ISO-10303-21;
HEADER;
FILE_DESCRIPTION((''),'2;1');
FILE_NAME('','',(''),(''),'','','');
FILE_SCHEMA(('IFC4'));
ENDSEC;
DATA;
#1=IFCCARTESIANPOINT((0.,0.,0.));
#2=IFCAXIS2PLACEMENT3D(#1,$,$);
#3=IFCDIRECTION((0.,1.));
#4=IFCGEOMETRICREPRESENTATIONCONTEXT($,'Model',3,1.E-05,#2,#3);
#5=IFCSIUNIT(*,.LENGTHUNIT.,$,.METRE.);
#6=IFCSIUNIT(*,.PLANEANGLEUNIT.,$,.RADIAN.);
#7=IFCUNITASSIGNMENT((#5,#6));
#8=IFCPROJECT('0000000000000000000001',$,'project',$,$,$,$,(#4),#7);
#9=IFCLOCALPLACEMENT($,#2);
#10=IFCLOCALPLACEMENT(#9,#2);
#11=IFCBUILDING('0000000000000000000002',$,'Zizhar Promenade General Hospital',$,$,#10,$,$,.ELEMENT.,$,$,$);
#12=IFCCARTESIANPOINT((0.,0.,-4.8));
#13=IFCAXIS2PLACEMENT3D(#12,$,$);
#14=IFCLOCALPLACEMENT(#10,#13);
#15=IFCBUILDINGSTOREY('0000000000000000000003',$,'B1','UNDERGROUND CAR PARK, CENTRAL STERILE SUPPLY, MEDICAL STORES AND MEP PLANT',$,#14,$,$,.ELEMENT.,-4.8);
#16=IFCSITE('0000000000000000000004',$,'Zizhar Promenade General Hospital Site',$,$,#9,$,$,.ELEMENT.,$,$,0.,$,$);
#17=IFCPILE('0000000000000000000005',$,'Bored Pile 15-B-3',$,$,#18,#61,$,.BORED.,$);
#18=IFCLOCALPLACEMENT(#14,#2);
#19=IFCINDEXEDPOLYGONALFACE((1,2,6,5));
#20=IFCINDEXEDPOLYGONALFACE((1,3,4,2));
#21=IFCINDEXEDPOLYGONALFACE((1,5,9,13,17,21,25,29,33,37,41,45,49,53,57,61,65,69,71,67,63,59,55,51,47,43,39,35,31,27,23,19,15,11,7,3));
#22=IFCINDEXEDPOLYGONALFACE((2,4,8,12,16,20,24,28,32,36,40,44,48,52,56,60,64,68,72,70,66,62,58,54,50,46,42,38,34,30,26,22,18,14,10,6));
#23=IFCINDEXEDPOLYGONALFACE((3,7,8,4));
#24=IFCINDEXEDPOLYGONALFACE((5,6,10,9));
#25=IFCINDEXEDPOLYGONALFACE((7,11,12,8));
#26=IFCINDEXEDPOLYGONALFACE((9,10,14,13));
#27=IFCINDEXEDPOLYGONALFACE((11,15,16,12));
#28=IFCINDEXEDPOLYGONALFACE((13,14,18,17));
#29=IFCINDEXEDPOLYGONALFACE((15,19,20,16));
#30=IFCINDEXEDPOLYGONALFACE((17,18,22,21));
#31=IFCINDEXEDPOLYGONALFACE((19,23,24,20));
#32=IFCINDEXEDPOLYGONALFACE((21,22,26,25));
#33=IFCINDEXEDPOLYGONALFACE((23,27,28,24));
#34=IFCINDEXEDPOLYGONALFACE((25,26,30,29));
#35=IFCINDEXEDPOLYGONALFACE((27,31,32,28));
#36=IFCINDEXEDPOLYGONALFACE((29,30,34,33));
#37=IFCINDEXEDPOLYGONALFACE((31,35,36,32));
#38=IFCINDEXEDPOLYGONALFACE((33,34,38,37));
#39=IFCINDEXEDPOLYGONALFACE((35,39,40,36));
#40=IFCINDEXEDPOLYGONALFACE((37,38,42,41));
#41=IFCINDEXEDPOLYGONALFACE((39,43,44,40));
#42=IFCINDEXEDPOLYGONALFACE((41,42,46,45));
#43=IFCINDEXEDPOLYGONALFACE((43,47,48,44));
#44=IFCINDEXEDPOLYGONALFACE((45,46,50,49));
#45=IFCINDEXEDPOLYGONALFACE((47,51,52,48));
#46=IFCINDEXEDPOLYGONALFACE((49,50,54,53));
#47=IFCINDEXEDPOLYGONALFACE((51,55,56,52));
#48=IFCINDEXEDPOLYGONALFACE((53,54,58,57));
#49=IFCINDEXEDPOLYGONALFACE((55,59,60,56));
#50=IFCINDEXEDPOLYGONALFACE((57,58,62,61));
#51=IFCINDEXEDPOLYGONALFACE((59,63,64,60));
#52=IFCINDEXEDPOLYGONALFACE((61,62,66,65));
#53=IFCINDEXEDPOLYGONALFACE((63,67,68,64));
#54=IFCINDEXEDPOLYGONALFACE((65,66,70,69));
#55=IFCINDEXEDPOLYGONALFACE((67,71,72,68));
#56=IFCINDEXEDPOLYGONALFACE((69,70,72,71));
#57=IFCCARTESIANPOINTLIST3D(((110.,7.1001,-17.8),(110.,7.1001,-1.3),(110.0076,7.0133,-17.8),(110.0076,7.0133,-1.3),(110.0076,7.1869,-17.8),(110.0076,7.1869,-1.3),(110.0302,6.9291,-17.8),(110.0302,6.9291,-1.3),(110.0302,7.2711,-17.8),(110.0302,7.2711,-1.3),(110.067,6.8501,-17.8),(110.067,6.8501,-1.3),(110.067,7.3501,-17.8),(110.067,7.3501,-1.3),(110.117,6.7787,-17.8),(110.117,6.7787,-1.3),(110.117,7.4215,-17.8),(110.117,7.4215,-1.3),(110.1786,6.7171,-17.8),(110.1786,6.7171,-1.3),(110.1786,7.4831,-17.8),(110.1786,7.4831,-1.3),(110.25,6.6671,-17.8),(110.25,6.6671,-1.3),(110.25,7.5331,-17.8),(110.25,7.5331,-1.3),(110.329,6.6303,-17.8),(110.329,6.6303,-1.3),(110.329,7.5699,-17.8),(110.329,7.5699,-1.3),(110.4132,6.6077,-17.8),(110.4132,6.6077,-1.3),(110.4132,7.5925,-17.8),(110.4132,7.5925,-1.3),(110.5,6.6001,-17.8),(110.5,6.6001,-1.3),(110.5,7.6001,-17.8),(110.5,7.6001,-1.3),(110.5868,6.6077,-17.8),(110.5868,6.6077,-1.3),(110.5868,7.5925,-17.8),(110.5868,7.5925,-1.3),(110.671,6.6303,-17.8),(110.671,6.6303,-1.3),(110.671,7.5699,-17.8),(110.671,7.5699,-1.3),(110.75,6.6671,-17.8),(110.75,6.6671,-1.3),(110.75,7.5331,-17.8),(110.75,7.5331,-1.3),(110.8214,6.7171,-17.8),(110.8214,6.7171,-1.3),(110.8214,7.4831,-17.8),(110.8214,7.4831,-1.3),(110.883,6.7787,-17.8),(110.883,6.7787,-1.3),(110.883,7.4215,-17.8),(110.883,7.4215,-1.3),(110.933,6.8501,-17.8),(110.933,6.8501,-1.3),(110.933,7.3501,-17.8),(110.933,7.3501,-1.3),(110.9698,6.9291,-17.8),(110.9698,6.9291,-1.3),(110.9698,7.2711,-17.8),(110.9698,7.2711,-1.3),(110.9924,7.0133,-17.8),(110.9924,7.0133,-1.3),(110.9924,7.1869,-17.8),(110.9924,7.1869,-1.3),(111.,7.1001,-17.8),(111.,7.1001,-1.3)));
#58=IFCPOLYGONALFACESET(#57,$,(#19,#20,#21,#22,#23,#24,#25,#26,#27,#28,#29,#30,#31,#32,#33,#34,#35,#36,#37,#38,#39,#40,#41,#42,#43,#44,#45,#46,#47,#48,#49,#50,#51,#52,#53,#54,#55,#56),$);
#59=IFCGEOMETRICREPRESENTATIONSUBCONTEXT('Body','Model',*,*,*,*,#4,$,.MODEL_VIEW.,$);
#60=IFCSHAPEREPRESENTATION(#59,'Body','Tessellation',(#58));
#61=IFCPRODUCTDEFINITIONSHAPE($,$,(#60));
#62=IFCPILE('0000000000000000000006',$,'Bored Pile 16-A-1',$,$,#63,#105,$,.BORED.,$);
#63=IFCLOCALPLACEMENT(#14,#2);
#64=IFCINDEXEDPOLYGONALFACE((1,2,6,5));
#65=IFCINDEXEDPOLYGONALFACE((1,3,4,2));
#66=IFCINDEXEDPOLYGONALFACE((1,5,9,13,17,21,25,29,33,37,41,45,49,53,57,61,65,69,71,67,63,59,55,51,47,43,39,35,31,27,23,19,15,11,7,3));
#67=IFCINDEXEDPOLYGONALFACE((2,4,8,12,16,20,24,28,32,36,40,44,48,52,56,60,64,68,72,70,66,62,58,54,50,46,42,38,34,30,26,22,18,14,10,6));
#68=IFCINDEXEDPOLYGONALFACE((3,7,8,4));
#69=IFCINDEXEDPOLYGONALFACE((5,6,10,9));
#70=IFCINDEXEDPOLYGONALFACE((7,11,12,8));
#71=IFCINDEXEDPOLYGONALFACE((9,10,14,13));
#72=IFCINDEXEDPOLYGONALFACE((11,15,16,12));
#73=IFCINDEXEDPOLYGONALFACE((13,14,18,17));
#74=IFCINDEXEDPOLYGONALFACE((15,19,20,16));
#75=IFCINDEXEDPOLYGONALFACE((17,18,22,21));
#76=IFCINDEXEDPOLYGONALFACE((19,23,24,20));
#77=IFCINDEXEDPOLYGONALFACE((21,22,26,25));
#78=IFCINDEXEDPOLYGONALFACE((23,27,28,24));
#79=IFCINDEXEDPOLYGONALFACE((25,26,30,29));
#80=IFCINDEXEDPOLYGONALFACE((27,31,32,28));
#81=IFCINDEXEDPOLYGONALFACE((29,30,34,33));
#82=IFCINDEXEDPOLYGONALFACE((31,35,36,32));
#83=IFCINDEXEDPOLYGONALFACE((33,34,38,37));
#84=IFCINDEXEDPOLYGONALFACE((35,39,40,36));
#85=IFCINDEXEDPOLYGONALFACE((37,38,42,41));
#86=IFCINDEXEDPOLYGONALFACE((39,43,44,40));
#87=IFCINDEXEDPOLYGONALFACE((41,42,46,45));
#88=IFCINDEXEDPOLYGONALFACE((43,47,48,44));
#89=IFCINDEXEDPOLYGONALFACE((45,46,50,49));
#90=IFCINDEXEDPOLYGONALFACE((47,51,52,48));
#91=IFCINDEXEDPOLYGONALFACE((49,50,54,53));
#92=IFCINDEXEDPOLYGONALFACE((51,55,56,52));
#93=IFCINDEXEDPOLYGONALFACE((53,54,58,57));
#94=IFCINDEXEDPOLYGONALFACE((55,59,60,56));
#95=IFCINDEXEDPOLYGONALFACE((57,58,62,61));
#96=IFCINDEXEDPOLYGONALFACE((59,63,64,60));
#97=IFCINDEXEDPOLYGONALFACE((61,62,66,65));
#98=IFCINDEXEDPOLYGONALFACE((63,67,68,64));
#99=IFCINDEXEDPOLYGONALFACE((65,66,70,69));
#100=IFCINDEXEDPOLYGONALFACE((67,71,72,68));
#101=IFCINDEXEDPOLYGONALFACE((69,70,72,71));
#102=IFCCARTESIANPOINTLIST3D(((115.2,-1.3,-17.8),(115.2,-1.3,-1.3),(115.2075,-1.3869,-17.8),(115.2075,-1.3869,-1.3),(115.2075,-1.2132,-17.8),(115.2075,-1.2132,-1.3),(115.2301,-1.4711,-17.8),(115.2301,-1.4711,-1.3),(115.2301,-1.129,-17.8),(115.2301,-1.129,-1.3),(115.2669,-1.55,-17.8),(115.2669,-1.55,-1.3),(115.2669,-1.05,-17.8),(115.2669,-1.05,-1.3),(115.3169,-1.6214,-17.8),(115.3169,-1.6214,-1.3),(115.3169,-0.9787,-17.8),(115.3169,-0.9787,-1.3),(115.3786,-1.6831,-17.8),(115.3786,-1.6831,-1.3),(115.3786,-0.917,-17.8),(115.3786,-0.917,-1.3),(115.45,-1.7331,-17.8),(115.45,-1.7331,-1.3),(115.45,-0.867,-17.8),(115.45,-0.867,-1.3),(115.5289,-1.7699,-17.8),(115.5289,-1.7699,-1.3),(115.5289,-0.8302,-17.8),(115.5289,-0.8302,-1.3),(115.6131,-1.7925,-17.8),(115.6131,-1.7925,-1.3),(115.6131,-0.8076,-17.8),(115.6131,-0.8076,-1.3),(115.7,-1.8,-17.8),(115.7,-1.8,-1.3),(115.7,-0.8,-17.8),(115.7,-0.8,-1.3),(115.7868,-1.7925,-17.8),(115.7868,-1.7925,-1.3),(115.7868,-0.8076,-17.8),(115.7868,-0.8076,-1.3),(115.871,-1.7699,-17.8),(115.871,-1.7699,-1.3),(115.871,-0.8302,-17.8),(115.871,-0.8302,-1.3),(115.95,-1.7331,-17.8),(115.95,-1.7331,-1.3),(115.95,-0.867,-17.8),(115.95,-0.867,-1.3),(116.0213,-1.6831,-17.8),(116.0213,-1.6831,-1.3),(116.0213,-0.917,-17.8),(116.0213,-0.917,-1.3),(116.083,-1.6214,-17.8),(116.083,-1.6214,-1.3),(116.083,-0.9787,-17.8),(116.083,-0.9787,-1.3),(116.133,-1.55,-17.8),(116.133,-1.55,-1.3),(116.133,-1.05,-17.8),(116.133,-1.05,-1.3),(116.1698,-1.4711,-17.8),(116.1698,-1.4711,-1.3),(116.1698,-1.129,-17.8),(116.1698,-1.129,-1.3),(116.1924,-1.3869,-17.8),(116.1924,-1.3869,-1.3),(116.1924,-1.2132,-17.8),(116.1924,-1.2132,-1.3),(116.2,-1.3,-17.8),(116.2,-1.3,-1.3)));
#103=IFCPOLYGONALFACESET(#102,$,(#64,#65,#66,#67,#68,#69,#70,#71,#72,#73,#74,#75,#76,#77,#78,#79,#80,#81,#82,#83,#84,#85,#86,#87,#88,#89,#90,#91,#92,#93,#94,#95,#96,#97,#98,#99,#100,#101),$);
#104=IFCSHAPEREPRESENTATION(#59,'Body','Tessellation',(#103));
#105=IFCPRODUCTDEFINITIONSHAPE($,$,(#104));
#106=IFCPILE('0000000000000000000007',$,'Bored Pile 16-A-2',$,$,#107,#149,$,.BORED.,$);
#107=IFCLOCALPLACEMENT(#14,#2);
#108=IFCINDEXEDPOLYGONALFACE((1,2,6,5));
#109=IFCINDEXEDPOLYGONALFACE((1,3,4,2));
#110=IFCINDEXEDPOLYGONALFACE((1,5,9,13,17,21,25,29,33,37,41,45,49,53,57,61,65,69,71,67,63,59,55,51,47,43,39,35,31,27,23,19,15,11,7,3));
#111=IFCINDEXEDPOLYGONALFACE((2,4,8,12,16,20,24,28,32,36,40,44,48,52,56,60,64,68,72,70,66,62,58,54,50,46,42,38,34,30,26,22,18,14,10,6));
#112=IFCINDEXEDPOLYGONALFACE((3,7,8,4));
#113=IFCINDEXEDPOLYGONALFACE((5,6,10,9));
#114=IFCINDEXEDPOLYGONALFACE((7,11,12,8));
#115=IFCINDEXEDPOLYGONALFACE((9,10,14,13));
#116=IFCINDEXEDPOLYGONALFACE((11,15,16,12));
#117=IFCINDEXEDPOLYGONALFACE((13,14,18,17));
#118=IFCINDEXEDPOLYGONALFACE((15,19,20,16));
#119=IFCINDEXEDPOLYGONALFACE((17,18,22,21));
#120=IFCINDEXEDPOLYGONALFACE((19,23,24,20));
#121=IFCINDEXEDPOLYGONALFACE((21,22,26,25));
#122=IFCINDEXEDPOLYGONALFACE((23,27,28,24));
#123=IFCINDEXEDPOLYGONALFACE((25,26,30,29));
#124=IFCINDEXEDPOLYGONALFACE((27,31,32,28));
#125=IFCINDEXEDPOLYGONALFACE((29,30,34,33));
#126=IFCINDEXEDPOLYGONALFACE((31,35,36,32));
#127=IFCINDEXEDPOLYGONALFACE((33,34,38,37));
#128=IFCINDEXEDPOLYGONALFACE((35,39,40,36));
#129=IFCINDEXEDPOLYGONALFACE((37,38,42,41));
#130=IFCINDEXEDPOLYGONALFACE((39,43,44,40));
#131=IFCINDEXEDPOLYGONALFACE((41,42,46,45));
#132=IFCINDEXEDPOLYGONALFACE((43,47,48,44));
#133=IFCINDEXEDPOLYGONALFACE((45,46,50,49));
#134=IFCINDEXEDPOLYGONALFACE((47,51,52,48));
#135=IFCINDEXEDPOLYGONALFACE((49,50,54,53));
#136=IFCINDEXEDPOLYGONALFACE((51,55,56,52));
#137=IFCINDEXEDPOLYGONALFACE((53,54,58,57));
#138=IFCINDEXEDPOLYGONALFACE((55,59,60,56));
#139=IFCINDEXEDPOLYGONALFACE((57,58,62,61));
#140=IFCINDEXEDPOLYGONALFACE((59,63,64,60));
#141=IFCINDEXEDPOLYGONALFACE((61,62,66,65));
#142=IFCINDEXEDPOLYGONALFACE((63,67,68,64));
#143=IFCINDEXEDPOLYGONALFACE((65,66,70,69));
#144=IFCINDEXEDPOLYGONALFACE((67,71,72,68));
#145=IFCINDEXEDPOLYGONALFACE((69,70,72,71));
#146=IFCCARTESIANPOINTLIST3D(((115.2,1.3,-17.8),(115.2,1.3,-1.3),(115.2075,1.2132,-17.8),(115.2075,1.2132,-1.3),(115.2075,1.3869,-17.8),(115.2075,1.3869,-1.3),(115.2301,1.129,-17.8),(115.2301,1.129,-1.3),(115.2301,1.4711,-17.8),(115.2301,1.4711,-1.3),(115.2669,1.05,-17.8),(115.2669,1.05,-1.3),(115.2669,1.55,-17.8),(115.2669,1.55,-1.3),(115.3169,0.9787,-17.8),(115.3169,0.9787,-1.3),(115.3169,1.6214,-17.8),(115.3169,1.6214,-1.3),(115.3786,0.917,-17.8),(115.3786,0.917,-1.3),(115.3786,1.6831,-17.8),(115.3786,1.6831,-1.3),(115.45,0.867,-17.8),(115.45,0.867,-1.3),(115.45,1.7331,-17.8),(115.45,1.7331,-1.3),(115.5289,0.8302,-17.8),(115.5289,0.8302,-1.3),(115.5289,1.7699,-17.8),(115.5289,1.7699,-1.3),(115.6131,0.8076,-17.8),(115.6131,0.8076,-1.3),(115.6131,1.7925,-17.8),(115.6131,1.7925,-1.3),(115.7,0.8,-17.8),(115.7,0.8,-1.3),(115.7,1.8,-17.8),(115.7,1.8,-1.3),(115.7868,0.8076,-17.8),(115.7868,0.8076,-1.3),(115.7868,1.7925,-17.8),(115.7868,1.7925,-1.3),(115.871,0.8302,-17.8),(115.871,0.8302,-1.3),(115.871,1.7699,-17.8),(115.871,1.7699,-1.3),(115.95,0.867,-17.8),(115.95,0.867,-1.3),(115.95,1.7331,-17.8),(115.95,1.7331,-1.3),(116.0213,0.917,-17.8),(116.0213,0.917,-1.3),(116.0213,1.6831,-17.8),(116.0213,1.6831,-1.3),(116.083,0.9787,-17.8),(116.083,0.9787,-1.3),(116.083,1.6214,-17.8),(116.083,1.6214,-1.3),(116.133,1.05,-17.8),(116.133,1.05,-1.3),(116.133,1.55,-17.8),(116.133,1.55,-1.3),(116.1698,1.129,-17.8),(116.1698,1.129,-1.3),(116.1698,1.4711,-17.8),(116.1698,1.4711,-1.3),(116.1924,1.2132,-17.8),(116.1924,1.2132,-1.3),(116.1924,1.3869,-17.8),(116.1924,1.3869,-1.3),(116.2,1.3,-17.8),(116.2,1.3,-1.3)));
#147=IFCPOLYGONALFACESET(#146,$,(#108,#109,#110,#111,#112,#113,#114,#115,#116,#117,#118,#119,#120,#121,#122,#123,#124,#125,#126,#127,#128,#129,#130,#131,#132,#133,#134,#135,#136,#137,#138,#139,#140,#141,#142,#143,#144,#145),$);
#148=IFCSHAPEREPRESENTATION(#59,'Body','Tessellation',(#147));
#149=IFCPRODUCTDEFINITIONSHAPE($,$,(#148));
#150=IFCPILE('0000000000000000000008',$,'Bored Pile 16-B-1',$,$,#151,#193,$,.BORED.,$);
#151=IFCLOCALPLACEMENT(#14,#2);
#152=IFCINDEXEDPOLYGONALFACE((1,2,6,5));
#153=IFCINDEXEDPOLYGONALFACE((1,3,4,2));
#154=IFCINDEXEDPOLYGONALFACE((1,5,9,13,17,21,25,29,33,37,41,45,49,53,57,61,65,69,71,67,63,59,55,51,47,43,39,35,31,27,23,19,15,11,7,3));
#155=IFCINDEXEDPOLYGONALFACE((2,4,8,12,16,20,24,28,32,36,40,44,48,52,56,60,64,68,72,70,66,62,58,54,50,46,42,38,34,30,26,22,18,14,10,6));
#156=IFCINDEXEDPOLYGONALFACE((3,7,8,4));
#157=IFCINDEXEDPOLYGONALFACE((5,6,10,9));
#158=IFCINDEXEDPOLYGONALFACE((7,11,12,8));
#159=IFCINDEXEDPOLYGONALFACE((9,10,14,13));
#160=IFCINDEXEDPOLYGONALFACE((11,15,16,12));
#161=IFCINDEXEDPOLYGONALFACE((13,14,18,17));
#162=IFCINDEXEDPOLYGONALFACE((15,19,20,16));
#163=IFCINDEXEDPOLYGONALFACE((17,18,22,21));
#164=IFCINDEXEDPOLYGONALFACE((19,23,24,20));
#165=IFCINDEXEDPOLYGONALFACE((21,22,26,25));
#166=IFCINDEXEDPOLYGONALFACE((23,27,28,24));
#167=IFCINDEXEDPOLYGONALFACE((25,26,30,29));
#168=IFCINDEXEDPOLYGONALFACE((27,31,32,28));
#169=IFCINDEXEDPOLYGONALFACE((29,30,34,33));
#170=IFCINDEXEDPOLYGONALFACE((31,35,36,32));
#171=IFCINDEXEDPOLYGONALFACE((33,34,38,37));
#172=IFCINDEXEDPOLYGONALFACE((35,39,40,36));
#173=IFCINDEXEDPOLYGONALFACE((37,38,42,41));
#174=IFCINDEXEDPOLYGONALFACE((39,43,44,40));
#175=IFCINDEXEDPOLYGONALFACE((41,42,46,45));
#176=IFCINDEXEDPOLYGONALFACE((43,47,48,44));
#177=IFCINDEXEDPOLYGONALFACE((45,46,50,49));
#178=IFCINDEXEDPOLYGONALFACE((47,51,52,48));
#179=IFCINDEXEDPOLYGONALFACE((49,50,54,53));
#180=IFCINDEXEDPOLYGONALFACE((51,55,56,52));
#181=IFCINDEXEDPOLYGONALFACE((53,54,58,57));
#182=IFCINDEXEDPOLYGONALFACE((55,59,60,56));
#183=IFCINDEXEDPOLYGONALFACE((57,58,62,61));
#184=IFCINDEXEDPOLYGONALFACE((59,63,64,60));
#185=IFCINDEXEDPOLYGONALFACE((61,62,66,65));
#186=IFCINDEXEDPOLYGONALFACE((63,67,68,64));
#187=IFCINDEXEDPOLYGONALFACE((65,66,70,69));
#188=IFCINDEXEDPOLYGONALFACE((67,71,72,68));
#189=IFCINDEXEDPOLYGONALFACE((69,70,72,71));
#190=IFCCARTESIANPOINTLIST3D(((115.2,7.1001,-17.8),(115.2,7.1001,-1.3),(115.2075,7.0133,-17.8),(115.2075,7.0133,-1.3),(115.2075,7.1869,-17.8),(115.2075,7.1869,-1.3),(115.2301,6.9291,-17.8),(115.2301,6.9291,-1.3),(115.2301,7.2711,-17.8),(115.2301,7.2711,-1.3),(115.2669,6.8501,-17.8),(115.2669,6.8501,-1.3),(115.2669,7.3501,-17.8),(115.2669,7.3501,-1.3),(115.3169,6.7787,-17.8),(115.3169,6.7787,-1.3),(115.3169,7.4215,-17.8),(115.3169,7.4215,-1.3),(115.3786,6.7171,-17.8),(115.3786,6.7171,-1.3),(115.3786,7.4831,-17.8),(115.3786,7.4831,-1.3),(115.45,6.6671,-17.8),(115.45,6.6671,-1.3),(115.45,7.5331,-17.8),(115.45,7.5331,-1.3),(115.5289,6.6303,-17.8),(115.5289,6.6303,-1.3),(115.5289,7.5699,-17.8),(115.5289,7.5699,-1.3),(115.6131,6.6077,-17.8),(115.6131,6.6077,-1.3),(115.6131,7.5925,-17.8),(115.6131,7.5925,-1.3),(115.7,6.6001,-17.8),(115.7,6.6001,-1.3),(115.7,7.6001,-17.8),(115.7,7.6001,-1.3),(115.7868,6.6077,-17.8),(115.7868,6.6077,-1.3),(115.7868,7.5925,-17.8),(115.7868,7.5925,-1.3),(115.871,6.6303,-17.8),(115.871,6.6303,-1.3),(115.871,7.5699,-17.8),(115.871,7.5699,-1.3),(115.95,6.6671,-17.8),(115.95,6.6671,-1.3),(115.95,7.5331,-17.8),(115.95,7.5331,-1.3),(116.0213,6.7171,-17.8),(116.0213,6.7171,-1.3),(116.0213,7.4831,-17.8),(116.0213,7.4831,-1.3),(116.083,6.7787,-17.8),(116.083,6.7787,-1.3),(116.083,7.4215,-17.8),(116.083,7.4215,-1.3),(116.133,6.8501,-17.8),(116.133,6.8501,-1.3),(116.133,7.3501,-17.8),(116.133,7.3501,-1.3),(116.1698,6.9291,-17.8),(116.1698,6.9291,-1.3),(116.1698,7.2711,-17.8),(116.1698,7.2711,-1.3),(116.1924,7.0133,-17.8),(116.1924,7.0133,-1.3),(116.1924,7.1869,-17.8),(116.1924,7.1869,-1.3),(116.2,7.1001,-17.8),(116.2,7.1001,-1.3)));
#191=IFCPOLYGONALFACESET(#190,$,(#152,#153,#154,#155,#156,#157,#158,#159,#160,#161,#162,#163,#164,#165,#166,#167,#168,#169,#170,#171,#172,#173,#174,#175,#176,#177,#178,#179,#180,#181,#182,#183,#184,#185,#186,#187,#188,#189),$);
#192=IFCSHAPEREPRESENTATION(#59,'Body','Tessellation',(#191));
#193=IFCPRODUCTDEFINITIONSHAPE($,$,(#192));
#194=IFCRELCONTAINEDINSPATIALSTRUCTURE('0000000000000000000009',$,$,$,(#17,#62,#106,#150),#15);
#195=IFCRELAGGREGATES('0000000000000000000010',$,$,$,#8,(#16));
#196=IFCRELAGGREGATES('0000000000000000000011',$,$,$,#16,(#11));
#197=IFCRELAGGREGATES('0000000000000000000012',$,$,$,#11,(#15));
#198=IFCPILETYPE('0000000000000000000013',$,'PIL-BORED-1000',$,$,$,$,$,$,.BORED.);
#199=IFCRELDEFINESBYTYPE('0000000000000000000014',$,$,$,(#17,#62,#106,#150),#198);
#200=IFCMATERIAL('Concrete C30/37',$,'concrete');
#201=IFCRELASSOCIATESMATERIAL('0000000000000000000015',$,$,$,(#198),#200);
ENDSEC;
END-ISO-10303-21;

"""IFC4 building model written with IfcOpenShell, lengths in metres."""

from ifc_helpers import new_model, si_unit, direction, frame, origin, origin_2d, place, context, subcontext, project, spatial, circle, extrude, material, material_profile, profile_set, type_object, element, save


model = new_model("IFC4")

# Units and contexts
model_context = context("Model", 3, precision=1e-05, world=origin(), true_north=direction((0.0, 1.0)))
body_context = subcontext(model_context, "Body", "Model", "MODEL_VIEW")
ifc_project = project(units=[si_unit("LENGTHUNIT", "METRE"), si_unit("PLANEANGLEUNIT", "RADIAN")], contexts=[model_context])

# Site, building, storey
site_placement = place(None, origin())
site = spatial("IfcSite", under=ifc_project, at=site_placement, Name="Zizhar Promenade General Hospital Site", CompositionType="ELEMENT", RefElevation=0.0)
building_placement = place(site_placement, origin())
building = spatial("IfcBuilding", under=site, at=building_placement, Name="Zizhar Promenade General Hospital", CompositionType="ELEMENT")
storey_placement = place(building_placement, frame((0.0, 0.0, -4.8)))
storey = spatial("IfcBuildingStorey", under=building, at=storey_placement, Name="B1", Description="UNDERGROUND CAR PARK, CENTRAL STERILE SUPPLY, MEDICAL STORES AND MEP PLANT", CompositionType="ELEMENT", Elevation=-4.8)

# Piles
ifc_material_1 = material(Name="Concrete C30/37", Category="concrete")
ifc_material_profile_1 = material_profile(ifc_material_1, circle(Radius=0.5, at=origin_2d()))
ifc_profile_set_1 = profile_set([ifc_material_profile_1], Name="Concrete C30/37")
pile_type = type_object("IfcPileType", Name="PIL-BORED-1000", PredefinedType="BORED", material=ifc_profile_set_1)
for number, where, z_axis, x_axis, name in (
    (1, (110.5, 7.1001, -1.3), (0.0, 0.0, -1.0), (1.0, 0.0, 0.0), "Bored Pile 15-B-3"),
    (2, (115.7, -1.3, -1.3), (0.0, 0.0, -1.0), (1.0, 0.0, 0.0), "Bored Pile 16-A-1"),
    (3, (115.7, 1.3, -1.3), (0.0, 0.0, -1.0), (1.0, 0.0, 0.0), "Bored Pile 16-A-2"),
    (4, (115.7, 7.1001, -1.3), (0.0, 0.0, -1.0), (1.0, 0.0, 0.0), "Bored Pile 16-B-1"),
):
    element("IfcPile", number, at=place(storey_placement, frame(where, z_axis=z_axis, x_axis=x_axis)), inside=storey, type_object=pile_type, Name=name, PredefinedType="BORED", context=body_context, shape_type="SweptSolid", body=[
        extrude(circle(Radius=0.5, at=origin_2d()), origin(), (0.0, 0.0, 1.0), 16.5),
    ])

save(model, "model.ifc")
